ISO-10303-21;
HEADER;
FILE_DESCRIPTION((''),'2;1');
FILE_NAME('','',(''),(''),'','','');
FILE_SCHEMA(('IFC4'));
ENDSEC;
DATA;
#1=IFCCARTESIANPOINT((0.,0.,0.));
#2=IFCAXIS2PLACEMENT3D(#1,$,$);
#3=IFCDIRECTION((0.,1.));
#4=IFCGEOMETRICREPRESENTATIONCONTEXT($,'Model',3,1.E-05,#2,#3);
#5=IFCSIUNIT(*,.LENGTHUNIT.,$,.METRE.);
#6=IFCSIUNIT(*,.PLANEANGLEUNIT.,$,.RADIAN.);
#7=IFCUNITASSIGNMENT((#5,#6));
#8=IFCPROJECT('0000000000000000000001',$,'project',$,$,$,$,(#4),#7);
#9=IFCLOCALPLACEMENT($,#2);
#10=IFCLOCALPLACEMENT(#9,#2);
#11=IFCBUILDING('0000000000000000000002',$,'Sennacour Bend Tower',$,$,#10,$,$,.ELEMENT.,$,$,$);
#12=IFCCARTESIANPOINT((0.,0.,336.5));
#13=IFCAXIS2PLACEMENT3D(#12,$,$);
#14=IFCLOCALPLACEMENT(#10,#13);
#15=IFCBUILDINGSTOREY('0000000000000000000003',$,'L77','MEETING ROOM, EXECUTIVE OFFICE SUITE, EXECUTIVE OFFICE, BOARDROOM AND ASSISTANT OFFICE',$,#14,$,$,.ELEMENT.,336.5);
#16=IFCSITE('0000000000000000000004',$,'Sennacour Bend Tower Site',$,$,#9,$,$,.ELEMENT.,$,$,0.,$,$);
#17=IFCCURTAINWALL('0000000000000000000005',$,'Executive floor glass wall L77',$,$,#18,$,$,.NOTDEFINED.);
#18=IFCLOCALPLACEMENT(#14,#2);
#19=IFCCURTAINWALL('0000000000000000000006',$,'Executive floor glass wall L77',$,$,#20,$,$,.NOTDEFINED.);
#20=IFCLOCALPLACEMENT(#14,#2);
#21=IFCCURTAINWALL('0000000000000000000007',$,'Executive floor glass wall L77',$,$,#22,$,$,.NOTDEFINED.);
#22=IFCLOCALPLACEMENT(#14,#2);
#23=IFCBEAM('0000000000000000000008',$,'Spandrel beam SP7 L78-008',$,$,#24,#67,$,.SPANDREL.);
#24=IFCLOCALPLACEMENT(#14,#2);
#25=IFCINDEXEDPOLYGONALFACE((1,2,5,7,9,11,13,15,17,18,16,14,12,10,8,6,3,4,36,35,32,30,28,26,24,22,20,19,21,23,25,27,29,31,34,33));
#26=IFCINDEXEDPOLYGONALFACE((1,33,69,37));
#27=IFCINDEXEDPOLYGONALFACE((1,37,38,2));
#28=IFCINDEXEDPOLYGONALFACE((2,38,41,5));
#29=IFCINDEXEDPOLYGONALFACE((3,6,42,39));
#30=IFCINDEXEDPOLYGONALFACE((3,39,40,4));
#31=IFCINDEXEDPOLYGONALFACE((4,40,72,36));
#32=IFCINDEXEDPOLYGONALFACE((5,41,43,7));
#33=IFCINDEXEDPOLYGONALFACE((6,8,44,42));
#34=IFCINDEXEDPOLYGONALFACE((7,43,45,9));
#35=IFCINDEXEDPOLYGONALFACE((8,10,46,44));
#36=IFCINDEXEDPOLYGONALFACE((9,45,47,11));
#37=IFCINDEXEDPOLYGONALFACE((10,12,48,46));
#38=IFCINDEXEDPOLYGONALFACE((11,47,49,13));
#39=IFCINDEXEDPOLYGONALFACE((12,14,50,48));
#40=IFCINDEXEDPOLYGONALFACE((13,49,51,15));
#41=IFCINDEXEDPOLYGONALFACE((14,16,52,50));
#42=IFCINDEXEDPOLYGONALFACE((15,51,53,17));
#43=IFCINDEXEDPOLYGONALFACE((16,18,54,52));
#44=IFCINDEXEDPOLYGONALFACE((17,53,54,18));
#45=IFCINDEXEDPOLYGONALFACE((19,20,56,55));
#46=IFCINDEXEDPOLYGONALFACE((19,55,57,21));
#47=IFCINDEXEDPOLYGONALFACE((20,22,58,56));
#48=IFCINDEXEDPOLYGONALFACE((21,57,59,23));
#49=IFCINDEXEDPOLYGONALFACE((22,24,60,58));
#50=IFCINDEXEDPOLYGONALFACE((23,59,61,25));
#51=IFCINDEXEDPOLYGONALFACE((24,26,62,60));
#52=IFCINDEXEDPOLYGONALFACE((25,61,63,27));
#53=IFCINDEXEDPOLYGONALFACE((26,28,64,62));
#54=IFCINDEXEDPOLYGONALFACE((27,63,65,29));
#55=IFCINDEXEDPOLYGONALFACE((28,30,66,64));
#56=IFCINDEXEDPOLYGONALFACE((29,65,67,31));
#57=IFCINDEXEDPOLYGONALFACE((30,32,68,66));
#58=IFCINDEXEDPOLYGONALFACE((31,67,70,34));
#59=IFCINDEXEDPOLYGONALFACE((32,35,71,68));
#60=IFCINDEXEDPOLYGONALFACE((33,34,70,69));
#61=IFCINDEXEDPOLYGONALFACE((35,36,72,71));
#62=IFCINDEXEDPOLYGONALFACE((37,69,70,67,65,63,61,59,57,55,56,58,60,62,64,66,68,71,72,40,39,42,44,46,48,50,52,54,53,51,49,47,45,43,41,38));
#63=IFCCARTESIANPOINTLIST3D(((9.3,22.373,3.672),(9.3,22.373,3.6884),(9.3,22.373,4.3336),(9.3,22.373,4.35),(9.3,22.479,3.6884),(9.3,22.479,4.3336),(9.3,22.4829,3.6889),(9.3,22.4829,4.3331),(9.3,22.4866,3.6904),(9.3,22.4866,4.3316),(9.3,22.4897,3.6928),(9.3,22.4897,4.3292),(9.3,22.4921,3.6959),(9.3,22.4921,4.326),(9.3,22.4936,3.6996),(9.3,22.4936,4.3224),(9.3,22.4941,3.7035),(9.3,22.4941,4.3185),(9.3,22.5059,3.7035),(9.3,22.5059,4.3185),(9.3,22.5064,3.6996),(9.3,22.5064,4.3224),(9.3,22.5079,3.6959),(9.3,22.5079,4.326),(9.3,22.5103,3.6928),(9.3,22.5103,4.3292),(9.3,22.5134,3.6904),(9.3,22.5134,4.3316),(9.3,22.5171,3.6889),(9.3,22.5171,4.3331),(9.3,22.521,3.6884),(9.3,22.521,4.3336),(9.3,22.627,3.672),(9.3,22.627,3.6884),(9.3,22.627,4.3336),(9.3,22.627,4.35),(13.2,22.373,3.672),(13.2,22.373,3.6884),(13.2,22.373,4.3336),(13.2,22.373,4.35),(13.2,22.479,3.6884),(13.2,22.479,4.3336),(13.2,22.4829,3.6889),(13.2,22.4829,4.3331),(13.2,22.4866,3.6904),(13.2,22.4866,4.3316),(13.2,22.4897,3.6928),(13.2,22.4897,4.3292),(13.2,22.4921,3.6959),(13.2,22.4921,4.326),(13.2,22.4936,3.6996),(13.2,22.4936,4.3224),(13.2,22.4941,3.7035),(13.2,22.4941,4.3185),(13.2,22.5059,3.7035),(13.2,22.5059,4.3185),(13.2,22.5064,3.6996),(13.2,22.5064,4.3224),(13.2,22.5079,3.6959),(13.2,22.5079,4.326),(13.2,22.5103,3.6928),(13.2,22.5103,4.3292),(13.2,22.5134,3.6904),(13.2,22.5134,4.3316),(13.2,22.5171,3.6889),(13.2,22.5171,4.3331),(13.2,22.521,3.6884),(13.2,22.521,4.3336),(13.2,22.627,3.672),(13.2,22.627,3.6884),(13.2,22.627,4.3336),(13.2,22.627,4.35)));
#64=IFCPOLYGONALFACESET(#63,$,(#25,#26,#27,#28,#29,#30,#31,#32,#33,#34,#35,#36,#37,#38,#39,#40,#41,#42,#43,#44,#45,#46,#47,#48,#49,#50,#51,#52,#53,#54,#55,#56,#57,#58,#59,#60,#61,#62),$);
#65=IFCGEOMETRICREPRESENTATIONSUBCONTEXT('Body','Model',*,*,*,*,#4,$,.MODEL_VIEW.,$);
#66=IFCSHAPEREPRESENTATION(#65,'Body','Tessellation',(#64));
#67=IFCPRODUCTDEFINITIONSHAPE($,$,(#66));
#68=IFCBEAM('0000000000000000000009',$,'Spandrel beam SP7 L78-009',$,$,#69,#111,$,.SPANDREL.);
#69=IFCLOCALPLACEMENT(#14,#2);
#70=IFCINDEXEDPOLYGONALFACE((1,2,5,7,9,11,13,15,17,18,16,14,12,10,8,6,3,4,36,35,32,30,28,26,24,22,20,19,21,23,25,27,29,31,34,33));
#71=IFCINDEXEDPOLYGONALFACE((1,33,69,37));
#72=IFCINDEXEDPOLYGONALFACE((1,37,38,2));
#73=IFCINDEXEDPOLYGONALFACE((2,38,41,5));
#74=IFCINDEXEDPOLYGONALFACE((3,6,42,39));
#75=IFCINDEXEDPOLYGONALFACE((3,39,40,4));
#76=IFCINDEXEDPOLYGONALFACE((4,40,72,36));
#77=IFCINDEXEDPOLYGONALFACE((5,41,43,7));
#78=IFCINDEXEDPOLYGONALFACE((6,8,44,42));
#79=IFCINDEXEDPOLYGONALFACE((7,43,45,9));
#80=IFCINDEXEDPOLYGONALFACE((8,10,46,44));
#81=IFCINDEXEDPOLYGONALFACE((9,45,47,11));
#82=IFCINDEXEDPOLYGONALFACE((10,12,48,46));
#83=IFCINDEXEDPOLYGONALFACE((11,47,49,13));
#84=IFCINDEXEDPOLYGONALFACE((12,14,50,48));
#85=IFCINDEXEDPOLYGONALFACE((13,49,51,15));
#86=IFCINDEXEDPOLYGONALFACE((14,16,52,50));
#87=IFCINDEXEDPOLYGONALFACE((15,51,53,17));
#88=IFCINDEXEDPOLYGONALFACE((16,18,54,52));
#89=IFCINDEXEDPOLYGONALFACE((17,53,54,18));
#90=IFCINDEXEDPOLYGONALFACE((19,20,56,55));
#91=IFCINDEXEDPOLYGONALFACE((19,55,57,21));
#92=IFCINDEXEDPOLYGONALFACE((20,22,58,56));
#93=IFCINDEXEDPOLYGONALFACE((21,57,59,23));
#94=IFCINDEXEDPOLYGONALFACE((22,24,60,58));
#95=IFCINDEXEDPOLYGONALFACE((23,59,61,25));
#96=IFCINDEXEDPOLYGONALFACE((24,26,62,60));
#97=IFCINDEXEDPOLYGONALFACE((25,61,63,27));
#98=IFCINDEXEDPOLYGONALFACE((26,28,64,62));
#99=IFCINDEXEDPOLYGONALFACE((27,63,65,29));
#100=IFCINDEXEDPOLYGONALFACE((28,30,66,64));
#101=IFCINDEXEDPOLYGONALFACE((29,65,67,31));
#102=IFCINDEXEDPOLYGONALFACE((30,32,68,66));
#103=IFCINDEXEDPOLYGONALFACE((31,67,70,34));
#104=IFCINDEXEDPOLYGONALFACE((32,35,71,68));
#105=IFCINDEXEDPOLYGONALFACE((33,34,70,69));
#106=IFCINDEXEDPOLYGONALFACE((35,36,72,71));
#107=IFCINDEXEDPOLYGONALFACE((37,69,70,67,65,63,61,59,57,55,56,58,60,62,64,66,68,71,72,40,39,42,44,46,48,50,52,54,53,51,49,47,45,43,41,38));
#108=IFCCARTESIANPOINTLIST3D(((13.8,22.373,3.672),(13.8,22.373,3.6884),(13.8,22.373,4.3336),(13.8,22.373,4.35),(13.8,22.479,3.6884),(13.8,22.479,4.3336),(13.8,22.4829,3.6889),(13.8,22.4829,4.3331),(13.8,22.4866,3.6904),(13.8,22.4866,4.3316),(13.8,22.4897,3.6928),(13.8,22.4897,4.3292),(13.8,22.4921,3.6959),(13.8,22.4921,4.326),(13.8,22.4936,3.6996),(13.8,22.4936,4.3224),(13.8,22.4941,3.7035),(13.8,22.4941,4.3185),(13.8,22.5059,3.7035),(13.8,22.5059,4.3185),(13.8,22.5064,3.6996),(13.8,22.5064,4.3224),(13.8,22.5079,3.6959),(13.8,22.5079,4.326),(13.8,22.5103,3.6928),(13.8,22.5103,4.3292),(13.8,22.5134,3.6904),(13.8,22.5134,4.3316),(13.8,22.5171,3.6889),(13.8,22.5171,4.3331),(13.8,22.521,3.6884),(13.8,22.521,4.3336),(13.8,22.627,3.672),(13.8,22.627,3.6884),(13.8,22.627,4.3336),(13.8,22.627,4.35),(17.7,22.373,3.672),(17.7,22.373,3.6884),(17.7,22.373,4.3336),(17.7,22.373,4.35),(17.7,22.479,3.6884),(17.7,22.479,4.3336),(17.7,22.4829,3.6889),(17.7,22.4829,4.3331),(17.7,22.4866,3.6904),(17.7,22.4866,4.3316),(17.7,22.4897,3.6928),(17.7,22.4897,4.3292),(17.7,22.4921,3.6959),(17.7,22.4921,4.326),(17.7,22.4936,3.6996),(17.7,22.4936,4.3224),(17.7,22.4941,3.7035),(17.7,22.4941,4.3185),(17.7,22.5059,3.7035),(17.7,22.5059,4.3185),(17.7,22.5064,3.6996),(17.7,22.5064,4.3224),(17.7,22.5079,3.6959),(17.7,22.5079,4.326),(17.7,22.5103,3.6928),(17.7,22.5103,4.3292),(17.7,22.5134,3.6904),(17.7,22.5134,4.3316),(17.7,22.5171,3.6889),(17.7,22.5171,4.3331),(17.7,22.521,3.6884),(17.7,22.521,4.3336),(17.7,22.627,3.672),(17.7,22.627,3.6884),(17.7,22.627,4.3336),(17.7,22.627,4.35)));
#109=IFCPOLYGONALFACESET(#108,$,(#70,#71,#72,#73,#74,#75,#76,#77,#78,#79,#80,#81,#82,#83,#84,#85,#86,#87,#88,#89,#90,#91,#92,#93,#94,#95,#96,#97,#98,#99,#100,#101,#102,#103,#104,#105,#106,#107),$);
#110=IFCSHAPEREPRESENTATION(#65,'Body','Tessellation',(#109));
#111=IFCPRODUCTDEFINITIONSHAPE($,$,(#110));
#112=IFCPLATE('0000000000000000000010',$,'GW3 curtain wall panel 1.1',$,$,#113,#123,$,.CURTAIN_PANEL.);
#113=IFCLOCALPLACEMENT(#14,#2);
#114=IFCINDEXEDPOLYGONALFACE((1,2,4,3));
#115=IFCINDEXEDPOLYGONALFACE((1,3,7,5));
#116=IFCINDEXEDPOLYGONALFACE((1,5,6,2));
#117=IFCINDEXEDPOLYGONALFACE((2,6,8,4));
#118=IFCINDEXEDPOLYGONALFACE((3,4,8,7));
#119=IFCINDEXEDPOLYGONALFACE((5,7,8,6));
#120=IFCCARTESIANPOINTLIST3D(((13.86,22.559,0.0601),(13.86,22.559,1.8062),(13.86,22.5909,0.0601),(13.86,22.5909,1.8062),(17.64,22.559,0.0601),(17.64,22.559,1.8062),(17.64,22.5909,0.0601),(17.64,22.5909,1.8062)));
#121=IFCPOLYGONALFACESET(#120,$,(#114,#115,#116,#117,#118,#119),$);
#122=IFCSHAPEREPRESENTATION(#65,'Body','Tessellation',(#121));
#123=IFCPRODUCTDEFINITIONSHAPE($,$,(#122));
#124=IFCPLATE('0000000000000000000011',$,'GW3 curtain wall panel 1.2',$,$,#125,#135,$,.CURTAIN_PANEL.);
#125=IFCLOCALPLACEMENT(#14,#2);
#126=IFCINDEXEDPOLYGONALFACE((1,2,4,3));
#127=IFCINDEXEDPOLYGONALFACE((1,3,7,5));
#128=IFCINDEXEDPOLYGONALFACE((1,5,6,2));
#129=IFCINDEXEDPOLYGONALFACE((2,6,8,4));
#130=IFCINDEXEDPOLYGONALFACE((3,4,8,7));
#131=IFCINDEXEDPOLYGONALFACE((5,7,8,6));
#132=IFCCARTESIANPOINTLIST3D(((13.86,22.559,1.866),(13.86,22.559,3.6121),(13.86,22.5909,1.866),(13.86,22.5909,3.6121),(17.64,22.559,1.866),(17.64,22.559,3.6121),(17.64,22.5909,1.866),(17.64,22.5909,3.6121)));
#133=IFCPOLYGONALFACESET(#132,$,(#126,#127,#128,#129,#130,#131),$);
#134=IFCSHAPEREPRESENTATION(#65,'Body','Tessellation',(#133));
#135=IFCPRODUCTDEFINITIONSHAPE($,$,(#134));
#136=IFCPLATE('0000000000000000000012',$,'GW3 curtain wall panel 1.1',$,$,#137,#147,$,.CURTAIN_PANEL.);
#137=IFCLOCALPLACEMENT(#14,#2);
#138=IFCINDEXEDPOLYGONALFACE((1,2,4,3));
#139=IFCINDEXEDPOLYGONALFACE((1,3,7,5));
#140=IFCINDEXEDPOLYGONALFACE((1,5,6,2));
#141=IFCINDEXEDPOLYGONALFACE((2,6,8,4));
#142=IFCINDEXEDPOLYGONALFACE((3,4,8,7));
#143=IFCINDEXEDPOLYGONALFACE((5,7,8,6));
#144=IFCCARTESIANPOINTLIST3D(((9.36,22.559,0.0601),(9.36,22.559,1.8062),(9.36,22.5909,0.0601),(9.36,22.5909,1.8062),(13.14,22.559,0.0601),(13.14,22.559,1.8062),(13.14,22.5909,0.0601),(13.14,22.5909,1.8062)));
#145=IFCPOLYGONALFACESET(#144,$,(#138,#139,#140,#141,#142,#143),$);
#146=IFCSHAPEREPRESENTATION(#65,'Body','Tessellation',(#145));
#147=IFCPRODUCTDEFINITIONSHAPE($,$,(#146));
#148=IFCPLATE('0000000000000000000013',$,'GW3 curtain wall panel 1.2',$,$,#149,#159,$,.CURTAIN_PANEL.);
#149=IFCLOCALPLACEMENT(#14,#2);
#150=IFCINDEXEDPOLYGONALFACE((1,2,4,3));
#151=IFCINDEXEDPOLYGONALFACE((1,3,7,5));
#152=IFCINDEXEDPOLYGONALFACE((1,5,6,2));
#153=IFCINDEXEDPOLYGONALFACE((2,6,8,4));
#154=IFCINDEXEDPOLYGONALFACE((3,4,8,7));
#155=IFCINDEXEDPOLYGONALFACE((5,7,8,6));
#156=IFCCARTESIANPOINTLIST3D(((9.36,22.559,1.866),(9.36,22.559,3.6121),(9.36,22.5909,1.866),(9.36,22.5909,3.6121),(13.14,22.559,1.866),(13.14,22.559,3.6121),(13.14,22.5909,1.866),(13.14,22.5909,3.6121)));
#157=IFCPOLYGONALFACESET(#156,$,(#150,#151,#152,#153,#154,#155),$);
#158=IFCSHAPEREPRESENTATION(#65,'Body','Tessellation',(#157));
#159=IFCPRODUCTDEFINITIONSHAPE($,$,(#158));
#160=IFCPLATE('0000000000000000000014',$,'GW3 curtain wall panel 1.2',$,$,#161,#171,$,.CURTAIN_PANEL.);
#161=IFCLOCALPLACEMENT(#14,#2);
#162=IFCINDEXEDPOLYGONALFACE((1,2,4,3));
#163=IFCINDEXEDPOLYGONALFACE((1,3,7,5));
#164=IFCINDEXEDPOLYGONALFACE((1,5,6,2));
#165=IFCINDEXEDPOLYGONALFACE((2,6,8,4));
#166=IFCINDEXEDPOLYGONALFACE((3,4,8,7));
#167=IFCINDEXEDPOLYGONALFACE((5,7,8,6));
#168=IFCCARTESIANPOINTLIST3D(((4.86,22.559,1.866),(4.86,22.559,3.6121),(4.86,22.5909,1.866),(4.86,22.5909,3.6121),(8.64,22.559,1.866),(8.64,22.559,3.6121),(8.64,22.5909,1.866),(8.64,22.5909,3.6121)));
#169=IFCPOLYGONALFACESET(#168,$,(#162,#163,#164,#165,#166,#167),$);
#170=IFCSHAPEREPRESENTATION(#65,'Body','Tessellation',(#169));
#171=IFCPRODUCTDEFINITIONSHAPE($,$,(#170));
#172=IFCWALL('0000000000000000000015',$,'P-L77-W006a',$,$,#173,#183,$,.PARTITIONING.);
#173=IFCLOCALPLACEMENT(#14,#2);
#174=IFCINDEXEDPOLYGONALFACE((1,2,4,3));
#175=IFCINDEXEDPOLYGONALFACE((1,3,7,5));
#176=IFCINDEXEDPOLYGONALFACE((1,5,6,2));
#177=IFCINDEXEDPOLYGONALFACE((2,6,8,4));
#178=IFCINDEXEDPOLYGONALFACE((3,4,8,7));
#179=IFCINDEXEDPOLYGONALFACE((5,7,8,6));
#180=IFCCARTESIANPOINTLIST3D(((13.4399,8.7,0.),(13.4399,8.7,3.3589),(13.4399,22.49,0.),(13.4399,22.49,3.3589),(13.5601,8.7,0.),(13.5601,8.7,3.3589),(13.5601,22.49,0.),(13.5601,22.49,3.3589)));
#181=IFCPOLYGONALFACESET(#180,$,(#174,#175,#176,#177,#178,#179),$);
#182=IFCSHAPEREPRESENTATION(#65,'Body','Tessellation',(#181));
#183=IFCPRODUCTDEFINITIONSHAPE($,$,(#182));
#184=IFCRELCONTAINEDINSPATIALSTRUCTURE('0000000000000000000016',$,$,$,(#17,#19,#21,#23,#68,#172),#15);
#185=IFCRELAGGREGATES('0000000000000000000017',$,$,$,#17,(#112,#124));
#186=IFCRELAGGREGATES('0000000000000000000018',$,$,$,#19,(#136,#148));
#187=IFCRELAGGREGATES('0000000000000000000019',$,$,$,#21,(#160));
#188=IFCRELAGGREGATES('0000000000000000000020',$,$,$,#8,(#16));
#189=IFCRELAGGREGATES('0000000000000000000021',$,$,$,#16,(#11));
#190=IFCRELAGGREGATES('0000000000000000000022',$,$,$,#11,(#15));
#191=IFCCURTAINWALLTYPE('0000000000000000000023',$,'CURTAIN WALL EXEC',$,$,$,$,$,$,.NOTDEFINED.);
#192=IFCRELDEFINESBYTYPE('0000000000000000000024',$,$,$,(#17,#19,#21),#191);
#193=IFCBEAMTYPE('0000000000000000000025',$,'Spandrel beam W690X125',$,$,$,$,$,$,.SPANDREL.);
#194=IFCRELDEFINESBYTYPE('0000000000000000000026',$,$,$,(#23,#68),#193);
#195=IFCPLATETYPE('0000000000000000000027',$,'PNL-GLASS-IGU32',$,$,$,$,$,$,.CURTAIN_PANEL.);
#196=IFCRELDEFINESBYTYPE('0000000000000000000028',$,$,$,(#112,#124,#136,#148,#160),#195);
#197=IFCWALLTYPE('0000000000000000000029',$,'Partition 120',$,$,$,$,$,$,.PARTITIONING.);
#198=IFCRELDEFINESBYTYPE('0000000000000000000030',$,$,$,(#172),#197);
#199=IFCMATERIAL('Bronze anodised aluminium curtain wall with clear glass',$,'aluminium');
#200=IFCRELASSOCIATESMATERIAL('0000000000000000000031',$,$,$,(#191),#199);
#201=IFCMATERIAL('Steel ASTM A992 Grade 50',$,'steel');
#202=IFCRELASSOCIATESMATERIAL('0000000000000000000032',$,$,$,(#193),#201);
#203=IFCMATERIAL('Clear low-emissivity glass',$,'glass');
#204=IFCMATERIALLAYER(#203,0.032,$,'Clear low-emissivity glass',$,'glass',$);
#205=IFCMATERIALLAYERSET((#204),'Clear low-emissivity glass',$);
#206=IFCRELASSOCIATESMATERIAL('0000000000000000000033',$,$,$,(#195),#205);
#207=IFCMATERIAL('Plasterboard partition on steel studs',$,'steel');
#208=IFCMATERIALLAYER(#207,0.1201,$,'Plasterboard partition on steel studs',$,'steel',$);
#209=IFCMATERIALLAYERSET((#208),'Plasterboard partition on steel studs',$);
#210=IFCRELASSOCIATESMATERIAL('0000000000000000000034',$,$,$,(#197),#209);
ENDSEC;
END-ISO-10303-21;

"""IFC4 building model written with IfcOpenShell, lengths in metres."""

from ifc_helpers import new_model, si_unit, direction, frame, frame_2d, origin, origin_2d, place, context, subcontext, project, spatial, rectangle, i_section, extrude, material, layer, layer_set, material_profile, profile_set, type_object, element, aggregate, save


model = new_model("IFC4")

# Units and contexts
model_context = context("Model", 3, precision=1e-05, world=origin(), true_north=direction((0.0, 1.0)))
body_context = subcontext(model_context, "Body", "Model", "MODEL_VIEW")
ifc_project = project(units=[si_unit("LENGTHUNIT", "METRE"), si_unit("PLANEANGLEUNIT", "RADIAN")], contexts=[model_context])

# Site, building, storey
site_placement = place(None, origin())
site = spatial("IfcSite", under=ifc_project, at=site_placement, Name="Sennacour Bend Tower Site", CompositionType="ELEMENT", RefElevation=0.0)
building_placement = place(site_placement, origin())
building = spatial("IfcBuilding", under=site, at=building_placement, Name="Sennacour Bend Tower", CompositionType="ELEMENT")
storey_placement = place(building_placement, frame((0.0, 0.0, 336.5)))
storey = spatial("IfcBuildingStorey", under=building, at=storey_placement, Name="L77", Description="MEETING ROOM, EXECUTIVE OFFICE SUITE, EXECUTIVE OFFICE, BOARDROOM AND ASSISTANT OFFICE", CompositionType="ELEMENT", Elevation=336.5)

# Curtain wall
ifc_material_1 = material(Name="Bronze anodised aluminium curtain wall with clear glass", Category="aluminium")
curtain_wall_type = type_object("IfcCurtainWallType", Name="CURTAIN WALL EXEC", PredefinedType="NOTDEFINED", material=ifc_material_1)
curtain_wall_1_placement = place(storey_placement, origin())
curtain_wall_1 = element("IfcCurtainWall", 1, at=curtain_wall_1_placement, inside=storey, type_object=curtain_wall_type, Name="Executive floor glass wall L77", PredefinedType="NOTDEFINED")

# Curtain wall
curtain_wall_2_placement = place(storey_placement, origin())
curtain_wall_2 = element("IfcCurtainWall", 2, at=curtain_wall_2_placement, inside=storey, type_object=curtain_wall_type, Name="Executive floor glass wall L77", PredefinedType="NOTDEFINED")

# Curtain wall
curtain_wall_3_placement = place(storey_placement, origin())
curtain_wall_3 = element("IfcCurtainWall", 3, at=curtain_wall_3_placement, inside=storey, type_object=curtain_wall_type, Name="Executive floor glass wall L77", PredefinedType="NOTDEFINED")

# Beams
ifc_material_2 = material(Name="Steel ASTM A992 Grade 50", Category="steel")
ifc_material_profile_1 = material_profile(ifc_material_2, i_section(OverallWidth=0.2539, OverallDepth=0.678, WebThickness=0.0117, FlangeThickness=0.0164, FilletRadius=0.0151, at=origin_2d()), Name="Steel ASTM A992 Grade 50", Category="steel")
ifc_profile_set_1 = profile_set([ifc_material_profile_1], Name="Steel ASTM A992 Grade 50")
beam_type = type_object("IfcBeamType", Name="Spandrel beam W690X125", PredefinedType="SPANDREL", material=ifc_profile_set_1)
for number, where, z_axis, x_axis, name in (
    (4, (9.3, 22.5, 4.011), (1.0, 0.0, 0.0), (0.0, 1.0, 0.0), "Spandrel beam SP7 L78-008"),
    (5, (13.8, 22.5, 4.011), (1.0, 0.0, 0.0), (0.0, 1.0, 0.0), "Spandrel beam SP7 L78-009"),
):
    element("IfcBeam", number, at=place(storey_placement, frame(where, z_axis=z_axis, x_axis=x_axis)), inside=storey, type_object=beam_type, Name=name, PredefinedType="SPANDREL", context=body_context, shape_type="SweptSolid", body=[
        extrude(i_section(OverallWidth=0.2539, OverallDepth=0.678, WebThickness=0.0117, FlangeThickness=0.0164, FilletRadius=0.0151, at=origin_2d()), origin(), (0.0, 0.0, 1.0), 3.8999),
    ])

# Plates
ifc_material_3 = material(Name="Clear low-emissivity glass", Category="glass")
ifc_layer_1 = layer(ifc_material_3, 0.032, Name="Clear low-emissivity glass", Category="glass")
ifc_layer_set_1 = layer_set([ifc_layer_1], Name="Clear low-emissivity glass")
plate_type = type_object("IfcPlateType", Name="PNL-GLASS-IGU32", PredefinedType="CURTAIN_PANEL", material=ifc_layer_set_1)
plate_1_placement = place(storey_placement, frame((15.75, 22.575, 0.0601), z_axis=(0.0, 0.0, 1.0), x_axis=(-1.0, 0.0, 0.0)))
plate_1 = element("IfcPlate", 6, at=plate_1_placement, type_object=plate_type, Name="GW3 curtain wall panel 1.1", PredefinedType="CURTAIN_PANEL", context=body_context, shape_type="SweptSolid", body=[
    extrude(rectangle(XDim=3.78, YDim=0.032, at=origin_2d()), origin(), (0.0, 0.0, 1.0), 1.7461),
])
plate_2_placement = place(storey_placement, frame((15.75, 22.575, 1.866), z_axis=(0.0, 0.0, 1.0), x_axis=(-1.0, 0.0, 0.0)))
plate_2 = element("IfcPlate", 7, at=plate_2_placement, type_object=plate_type, Name="GW3 curtain wall panel 1.2", PredefinedType="CURTAIN_PANEL", context=body_context, shape_type="SweptSolid", body=[
    extrude(rectangle(XDim=3.78, YDim=0.032, at=origin_2d()), origin(), (0.0, 0.0, 1.0), 1.7461),
])
aggregate(curtain_wall_1, [plate_1, plate_2])
plate_3_placement = place(storey_placement, frame((11.25, 22.575, 0.0601), z_axis=(0.0, 0.0, 1.0), x_axis=(-1.0, 0.0, 0.0)))
plate_3 = element("IfcPlate", 8, at=plate_3_placement, type_object=plate_type, Name="GW3 curtain wall panel 1.1", PredefinedType="CURTAIN_PANEL", context=body_context, shape_type="SweptSolid", body=[
    extrude(rectangle(XDim=3.78, YDim=0.032, at=origin_2d()), origin(), (0.0, 0.0, 1.0), 1.7461),
])
plate_4_placement = place(storey_placement, frame((11.25, 22.575, 1.866), z_axis=(0.0, 0.0, 1.0), x_axis=(-1.0, 0.0, 0.0)))
plate_4 = element("IfcPlate", 9, at=plate_4_placement, type_object=plate_type, Name="GW3 curtain wall panel 1.2", PredefinedType="CURTAIN_PANEL", context=body_context, shape_type="SweptSolid", body=[
    extrude(rectangle(XDim=3.78, YDim=0.032, at=origin_2d()), origin(), (0.0, 0.0, 1.0), 1.7461),
])
aggregate(curtain_wall_2, [plate_3, plate_4])
plate_5_placement = place(storey_placement, frame((6.75, 22.575, 1.866), z_axis=(0.0, 0.0, 1.0), x_axis=(-1.0, 0.0, 0.0)))
plate_5 = element("IfcPlate", 10, at=plate_5_placement, type_object=plate_type, Name="GW3 curtain wall panel 1.2", PredefinedType="CURTAIN_PANEL", context=body_context, shape_type="SweptSolid", body=[
    extrude(rectangle(XDim=3.78, YDim=0.032, at=origin_2d()), origin(), (0.0, 0.0, 1.0), 1.7461),
])
aggregate(curtain_wall_3, [plate_5])

# Wall
ifc_material_4 = material(Name="Plasterboard partition on steel studs", Category="steel")
ifc_layer_2 = layer(ifc_material_4, 0.1201, Name="Plasterboard partition on steel studs", Category="steel")
ifc_layer_set_2 = layer_set([ifc_layer_2], Name="Plasterboard partition on steel studs")
wall_type = type_object("IfcWallType", Name="Partition 120", PredefinedType="PARTITIONING", material=ifc_layer_set_2)
wall_1_placement = place(storey_placement, frame((13.5, 8.7, 0.0), z_axis=(0.0, 0.0, 1.0), x_axis=(0.0, 1.0, 0.0)))
element("IfcWall", 11, at=wall_1_placement, inside=storey, type_object=wall_type, Name="P-L77-W006a", PredefinedType="PARTITIONING", context=body_context, shape_type="SweptSolid", body=[
    extrude(rectangle(XDim=13.79, YDim=0.1201, at=frame_2d((6.895, 0.0))), origin(), (0.0, 0.0, 1.0), 3.3589),
])

save(model, "model.ifc")
